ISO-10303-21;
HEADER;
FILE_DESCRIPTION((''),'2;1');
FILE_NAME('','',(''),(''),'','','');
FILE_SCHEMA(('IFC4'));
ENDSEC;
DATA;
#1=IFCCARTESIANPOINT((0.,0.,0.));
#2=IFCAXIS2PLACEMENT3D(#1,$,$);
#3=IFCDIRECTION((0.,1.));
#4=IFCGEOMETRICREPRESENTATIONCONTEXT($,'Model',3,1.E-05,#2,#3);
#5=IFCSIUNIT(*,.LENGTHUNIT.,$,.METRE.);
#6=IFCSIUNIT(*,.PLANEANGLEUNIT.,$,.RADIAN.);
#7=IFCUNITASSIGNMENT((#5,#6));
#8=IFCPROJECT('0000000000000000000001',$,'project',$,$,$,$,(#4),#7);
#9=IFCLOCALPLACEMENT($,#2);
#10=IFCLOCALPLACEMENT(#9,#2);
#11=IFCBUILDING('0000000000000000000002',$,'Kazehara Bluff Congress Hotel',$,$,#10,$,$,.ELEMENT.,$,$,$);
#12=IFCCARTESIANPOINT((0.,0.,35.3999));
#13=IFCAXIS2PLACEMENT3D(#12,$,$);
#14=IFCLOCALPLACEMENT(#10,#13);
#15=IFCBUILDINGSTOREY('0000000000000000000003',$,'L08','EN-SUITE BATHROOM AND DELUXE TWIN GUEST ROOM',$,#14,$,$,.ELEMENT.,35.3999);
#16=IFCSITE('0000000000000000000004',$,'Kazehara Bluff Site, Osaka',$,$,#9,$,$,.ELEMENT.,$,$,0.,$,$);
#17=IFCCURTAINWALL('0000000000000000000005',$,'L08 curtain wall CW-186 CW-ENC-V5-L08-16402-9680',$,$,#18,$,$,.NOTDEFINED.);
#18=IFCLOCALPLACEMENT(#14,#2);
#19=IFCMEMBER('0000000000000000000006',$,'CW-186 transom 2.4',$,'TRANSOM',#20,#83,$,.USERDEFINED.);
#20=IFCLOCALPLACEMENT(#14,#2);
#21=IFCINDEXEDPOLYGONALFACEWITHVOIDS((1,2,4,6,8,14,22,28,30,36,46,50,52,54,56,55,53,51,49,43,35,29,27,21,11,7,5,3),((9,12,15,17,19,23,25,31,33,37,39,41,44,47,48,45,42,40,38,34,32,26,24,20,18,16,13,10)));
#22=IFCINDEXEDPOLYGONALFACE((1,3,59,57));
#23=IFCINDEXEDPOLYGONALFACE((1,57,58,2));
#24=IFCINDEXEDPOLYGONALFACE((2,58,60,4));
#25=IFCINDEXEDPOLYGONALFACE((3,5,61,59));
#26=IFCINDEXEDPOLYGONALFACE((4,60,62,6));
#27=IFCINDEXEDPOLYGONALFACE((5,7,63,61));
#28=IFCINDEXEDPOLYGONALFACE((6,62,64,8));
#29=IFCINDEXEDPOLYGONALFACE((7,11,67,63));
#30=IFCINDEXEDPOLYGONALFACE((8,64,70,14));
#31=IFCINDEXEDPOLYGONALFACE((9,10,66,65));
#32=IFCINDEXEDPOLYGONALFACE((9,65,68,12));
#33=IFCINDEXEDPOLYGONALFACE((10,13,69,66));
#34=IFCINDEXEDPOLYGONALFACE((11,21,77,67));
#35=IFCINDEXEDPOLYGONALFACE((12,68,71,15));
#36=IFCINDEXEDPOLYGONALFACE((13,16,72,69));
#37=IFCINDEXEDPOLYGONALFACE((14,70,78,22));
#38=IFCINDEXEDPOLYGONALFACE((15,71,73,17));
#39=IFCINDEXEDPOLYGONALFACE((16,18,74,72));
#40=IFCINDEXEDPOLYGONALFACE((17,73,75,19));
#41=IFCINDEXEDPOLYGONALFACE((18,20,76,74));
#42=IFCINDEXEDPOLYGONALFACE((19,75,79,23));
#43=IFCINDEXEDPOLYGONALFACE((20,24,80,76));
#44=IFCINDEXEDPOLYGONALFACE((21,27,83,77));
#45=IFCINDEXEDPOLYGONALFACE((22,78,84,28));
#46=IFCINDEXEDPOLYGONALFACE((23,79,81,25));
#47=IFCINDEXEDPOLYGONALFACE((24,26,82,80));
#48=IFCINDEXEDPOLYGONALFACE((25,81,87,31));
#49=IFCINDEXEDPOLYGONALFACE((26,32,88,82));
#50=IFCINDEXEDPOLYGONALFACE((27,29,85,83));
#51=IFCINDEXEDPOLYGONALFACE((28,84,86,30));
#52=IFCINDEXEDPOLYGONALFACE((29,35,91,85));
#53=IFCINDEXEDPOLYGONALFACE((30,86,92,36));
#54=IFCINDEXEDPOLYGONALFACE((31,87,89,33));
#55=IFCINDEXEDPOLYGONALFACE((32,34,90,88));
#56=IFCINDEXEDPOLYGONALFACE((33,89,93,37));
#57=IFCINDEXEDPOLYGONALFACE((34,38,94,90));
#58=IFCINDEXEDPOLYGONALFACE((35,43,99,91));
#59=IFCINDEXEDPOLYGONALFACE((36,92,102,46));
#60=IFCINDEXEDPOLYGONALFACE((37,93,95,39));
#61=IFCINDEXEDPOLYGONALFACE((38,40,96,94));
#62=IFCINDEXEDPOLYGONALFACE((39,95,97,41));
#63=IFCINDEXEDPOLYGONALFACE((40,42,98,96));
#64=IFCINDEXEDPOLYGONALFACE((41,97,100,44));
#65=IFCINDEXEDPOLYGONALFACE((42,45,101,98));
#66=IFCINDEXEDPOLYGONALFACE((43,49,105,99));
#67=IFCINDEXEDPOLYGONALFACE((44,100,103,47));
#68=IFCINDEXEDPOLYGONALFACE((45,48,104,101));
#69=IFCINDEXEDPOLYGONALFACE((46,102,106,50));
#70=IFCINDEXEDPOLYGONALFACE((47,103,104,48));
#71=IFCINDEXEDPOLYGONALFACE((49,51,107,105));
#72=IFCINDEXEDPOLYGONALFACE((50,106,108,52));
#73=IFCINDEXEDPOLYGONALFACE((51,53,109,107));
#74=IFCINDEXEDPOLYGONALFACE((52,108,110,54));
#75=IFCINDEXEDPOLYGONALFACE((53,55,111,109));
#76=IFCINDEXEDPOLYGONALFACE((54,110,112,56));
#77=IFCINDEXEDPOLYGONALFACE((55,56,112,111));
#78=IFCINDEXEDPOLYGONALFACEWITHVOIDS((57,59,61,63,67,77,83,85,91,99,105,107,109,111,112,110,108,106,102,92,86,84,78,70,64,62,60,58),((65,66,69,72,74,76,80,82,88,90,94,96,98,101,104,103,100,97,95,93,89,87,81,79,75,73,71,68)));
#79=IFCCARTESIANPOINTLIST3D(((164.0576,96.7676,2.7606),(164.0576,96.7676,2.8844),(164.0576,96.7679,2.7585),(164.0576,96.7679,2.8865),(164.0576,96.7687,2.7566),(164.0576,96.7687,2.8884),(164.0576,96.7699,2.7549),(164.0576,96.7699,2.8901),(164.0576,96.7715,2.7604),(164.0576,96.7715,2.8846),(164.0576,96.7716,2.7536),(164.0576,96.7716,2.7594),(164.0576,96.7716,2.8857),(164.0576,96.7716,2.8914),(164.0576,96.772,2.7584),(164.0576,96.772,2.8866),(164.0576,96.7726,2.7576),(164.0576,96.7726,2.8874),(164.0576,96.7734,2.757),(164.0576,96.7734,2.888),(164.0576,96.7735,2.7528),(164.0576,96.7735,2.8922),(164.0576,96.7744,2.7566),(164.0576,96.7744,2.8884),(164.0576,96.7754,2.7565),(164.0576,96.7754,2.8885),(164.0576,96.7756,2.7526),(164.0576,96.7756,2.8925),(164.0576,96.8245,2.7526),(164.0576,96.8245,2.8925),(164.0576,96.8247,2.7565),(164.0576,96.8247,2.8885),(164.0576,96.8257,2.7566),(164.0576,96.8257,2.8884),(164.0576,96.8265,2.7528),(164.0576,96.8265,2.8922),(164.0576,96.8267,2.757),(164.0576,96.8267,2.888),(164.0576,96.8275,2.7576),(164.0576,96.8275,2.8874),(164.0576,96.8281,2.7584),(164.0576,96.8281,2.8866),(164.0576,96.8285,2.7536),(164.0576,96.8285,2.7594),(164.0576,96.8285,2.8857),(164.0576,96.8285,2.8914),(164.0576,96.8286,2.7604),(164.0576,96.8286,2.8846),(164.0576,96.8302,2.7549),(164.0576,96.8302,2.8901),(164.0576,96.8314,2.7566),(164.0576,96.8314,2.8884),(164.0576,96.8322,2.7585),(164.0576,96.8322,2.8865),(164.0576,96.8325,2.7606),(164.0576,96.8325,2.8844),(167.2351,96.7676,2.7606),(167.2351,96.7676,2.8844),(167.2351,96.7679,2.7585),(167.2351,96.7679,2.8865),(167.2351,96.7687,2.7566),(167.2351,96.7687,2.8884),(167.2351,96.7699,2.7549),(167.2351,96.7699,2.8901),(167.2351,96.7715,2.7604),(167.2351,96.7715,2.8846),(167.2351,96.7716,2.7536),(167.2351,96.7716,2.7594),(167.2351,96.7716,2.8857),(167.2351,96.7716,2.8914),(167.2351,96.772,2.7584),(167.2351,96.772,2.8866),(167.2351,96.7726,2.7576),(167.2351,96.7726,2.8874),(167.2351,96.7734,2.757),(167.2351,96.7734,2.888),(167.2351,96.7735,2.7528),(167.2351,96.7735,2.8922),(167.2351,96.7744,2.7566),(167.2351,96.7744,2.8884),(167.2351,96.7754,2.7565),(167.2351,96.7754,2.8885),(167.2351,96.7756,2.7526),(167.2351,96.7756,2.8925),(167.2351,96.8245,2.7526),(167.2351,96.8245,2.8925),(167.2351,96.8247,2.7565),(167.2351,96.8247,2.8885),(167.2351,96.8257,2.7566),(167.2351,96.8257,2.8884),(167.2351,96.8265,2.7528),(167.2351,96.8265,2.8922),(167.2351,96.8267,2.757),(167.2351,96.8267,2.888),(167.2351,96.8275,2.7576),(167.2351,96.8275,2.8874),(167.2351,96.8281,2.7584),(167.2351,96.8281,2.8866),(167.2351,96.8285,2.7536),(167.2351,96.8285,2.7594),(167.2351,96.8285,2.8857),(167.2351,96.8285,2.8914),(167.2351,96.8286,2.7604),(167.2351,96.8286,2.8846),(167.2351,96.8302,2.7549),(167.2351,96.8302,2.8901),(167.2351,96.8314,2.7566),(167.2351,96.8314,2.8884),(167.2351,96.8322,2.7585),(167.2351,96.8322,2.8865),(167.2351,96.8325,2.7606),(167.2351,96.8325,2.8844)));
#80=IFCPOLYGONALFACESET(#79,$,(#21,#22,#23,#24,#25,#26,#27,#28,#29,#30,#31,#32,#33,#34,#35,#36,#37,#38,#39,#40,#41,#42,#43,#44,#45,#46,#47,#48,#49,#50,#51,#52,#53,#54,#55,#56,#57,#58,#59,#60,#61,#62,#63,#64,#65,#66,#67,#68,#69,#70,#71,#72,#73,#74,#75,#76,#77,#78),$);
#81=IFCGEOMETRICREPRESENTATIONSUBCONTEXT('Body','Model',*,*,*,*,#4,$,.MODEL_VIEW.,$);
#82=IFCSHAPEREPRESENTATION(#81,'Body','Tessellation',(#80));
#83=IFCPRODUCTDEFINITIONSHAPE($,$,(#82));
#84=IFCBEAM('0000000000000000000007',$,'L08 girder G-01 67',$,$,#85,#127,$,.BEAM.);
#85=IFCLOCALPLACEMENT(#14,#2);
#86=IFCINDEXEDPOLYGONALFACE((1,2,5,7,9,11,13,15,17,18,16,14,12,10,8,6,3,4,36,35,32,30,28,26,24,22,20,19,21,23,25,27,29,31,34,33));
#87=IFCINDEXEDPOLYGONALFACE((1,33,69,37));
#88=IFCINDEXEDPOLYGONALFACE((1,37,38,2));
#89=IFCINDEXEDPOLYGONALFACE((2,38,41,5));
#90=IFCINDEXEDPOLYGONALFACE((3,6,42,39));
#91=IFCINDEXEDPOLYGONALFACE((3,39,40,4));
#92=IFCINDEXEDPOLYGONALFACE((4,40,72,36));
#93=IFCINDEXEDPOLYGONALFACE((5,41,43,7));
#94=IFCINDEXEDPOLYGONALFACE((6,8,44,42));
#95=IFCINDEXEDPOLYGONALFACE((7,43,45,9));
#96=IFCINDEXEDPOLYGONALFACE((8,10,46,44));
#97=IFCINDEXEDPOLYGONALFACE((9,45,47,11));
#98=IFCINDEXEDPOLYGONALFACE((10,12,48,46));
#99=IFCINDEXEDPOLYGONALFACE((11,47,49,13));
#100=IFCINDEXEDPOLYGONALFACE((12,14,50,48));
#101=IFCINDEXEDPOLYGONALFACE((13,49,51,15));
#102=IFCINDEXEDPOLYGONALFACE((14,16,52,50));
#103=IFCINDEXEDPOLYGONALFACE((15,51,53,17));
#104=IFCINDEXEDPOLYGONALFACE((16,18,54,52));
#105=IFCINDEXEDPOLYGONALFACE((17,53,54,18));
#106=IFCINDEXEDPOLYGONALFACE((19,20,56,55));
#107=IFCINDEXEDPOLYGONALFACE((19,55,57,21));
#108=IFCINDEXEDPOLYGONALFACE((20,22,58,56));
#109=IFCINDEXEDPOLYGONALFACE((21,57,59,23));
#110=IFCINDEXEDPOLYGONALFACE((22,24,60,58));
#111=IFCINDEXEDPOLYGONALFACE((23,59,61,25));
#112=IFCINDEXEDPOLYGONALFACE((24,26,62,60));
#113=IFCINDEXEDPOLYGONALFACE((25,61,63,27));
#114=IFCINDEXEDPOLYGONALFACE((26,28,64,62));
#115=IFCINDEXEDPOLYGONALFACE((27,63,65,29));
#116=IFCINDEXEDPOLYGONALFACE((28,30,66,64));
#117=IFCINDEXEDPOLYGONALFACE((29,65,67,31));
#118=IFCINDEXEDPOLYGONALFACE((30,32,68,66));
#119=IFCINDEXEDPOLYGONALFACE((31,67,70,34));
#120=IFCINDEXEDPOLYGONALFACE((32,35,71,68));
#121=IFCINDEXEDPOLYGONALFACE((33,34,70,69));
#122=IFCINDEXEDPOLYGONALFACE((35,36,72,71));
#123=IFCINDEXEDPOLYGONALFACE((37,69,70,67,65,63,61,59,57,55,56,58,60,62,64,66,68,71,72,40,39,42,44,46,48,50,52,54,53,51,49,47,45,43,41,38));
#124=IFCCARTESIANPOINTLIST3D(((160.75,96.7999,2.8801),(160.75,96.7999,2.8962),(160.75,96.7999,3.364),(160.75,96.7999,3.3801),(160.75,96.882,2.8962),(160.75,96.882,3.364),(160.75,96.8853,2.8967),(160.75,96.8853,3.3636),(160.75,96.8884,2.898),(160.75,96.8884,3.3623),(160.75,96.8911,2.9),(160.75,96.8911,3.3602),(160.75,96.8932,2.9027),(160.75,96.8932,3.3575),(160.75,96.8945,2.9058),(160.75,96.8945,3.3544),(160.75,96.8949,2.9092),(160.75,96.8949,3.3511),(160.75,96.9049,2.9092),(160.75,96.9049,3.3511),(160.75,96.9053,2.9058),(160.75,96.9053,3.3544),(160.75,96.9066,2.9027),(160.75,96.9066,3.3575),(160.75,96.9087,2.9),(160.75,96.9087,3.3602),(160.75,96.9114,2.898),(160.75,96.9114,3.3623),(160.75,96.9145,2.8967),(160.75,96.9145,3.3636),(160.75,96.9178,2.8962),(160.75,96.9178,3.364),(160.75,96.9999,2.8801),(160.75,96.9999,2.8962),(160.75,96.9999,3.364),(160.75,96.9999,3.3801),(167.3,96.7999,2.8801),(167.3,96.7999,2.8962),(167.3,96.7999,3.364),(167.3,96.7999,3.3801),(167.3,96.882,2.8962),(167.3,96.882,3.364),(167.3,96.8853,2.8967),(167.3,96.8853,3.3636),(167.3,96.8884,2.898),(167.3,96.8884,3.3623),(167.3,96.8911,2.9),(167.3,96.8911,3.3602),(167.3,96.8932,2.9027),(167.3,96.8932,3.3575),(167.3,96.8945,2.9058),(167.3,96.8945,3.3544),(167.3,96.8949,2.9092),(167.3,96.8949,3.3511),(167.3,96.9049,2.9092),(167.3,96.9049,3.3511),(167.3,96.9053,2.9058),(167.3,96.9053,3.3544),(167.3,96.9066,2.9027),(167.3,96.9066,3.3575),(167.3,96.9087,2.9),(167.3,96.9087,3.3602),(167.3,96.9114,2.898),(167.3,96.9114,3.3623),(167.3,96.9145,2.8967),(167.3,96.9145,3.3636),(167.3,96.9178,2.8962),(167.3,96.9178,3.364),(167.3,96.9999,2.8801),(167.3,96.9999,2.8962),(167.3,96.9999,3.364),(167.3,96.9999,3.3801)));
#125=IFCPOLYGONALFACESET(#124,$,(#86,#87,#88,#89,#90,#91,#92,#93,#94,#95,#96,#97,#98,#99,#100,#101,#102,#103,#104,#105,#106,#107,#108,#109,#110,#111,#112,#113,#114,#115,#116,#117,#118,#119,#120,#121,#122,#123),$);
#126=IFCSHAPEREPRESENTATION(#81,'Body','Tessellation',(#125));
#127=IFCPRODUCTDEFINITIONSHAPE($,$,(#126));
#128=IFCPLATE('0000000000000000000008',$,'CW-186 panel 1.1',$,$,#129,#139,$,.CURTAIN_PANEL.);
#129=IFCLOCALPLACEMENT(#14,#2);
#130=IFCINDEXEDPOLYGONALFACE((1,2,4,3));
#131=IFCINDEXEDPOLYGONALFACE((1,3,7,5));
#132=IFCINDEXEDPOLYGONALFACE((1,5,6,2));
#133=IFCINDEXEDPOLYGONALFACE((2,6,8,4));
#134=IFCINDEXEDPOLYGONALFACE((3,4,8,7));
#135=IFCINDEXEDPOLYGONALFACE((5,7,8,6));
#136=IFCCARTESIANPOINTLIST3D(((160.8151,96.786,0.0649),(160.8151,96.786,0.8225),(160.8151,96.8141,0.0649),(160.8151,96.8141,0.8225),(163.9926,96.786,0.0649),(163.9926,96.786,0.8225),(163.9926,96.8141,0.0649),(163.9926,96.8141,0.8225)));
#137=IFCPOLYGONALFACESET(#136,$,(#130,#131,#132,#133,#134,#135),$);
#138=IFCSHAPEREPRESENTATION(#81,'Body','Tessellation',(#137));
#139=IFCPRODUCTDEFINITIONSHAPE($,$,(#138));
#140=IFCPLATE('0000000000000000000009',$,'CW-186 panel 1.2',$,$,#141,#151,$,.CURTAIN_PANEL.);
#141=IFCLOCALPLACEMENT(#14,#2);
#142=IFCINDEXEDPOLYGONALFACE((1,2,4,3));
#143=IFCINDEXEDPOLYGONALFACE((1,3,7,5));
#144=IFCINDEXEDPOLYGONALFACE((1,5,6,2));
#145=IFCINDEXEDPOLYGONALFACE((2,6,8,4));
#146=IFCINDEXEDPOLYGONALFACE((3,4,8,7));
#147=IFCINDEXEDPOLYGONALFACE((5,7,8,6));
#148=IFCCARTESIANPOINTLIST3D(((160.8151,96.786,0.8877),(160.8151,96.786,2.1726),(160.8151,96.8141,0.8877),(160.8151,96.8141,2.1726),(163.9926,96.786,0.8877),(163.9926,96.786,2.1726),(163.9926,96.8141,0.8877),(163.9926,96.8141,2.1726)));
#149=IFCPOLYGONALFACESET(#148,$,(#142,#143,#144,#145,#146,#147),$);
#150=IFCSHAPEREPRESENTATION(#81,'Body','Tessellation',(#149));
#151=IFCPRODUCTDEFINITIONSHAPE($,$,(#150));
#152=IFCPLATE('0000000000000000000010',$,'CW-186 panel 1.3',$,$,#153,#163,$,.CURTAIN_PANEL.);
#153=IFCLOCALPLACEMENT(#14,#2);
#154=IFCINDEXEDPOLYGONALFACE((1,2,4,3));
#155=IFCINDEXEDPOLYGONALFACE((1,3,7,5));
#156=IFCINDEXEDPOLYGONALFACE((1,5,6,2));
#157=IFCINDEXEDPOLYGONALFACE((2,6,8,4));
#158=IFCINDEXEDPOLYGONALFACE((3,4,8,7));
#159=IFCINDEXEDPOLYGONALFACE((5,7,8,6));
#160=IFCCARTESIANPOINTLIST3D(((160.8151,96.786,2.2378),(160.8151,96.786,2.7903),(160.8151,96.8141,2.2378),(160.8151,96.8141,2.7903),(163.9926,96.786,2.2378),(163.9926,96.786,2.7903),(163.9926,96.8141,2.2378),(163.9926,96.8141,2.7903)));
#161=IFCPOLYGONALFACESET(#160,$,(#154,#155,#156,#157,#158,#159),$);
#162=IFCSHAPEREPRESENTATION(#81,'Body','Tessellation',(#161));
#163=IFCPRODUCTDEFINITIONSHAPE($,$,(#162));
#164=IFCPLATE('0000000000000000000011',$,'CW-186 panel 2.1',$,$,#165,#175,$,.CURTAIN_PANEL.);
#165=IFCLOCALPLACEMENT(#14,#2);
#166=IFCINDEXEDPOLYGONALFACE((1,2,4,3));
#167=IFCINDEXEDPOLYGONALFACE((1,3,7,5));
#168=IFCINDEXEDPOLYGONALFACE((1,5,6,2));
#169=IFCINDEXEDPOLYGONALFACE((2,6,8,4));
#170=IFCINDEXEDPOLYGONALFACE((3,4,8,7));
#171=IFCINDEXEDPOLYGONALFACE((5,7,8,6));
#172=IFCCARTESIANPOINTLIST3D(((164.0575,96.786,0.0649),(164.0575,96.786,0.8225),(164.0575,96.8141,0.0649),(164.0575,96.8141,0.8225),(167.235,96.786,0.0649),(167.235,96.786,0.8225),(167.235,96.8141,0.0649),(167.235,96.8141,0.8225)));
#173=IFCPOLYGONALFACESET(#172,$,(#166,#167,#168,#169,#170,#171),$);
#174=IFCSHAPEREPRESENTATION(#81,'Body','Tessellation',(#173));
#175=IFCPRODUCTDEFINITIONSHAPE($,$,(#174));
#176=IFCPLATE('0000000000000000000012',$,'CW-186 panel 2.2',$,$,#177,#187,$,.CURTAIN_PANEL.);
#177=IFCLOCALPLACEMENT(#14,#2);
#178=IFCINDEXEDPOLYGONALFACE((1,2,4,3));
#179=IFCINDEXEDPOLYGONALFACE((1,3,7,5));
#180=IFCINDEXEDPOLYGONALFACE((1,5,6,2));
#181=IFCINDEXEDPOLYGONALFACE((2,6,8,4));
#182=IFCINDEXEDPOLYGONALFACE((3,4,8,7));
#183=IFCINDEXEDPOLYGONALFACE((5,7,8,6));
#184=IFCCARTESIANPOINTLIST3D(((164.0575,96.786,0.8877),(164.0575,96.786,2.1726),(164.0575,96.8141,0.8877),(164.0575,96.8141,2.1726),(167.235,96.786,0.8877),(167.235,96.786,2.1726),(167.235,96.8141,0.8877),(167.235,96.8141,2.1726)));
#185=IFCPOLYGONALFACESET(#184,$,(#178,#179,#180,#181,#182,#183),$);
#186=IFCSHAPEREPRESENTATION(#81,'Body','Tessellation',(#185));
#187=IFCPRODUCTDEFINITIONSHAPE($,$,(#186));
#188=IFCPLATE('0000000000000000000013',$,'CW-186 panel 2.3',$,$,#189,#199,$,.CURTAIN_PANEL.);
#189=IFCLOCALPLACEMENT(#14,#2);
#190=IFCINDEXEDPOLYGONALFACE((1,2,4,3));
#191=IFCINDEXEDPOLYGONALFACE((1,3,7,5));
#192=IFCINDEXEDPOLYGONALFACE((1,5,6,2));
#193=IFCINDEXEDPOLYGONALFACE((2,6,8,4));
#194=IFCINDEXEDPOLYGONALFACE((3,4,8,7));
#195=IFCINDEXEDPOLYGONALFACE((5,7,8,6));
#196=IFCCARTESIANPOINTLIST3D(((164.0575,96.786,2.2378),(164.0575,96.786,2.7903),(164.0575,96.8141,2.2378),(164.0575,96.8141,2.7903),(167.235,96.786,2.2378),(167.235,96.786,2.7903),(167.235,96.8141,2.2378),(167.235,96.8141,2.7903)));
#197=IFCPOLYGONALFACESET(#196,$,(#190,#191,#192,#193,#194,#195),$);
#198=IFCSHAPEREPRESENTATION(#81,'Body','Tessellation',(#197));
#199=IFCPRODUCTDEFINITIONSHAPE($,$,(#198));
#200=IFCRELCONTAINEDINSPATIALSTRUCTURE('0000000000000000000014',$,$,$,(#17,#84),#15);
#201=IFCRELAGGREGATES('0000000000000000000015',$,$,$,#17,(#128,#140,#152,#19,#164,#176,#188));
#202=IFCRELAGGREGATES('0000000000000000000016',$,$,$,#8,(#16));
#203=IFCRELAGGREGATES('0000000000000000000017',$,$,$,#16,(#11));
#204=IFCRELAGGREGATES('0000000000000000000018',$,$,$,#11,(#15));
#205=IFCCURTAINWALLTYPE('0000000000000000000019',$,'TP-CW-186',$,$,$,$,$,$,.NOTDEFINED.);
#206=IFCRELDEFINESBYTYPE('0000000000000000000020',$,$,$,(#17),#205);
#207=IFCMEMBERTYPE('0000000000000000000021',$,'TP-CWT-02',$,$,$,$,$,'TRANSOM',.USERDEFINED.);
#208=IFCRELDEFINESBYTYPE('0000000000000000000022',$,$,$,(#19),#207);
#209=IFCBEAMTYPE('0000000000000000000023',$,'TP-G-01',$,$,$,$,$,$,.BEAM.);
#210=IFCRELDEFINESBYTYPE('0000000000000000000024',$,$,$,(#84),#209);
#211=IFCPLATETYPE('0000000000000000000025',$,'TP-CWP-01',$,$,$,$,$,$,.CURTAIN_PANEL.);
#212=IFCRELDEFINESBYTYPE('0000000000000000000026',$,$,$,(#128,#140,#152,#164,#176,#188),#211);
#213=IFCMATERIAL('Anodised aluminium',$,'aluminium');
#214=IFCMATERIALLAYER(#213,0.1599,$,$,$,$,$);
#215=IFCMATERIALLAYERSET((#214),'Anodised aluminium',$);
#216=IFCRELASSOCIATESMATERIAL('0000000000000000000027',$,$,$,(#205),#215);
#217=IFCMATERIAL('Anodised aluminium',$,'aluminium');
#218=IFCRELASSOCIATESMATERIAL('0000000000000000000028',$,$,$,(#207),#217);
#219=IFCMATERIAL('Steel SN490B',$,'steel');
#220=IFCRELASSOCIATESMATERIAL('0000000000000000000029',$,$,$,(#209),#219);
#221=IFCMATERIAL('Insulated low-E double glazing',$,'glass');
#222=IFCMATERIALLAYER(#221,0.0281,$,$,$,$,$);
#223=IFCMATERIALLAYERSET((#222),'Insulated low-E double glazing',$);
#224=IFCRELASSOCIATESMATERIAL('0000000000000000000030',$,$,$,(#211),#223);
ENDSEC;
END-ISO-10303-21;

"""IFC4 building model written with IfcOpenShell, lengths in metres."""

from ifc_helpers import new_model, si_unit, direction, frame, origin, origin_2d, place, context, subcontext, project, spatial, rectangle, hollow_rectangle, i_section, extrude, material, layer, layer_set, material_profile, profile_set, type_object, element, aggregate, save


model = new_model("IFC4")

# Units and contexts
model_context = context("Model", 3, precision=1e-05, world=origin(), true_north=direction((0.0, 1.0)))
body_context = subcontext(model_context, "Body", "Model", "MODEL_VIEW")
ifc_project = project(units=[si_unit("LENGTHUNIT", "METRE"), si_unit("PLANEANGLEUNIT", "RADIAN")], contexts=[model_context])

# Site, building, storey
site_placement = place(None, origin())
site = spatial("IfcSite", under=ifc_project, at=site_placement, Name="Kazehara Bluff Site, Osaka", CompositionType="ELEMENT", RefElevation=0.0)
building_placement = place(site_placement, origin())
building = spatial("IfcBuilding", under=site, at=building_placement, Name="Kazehara Bluff Congress Hotel", CompositionType="ELEMENT")
storey_placement = place(building_placement, frame((0.0, 0.0, 35.3999)))
storey = spatial("IfcBuildingStorey", under=building, at=storey_placement, Name="L08", Description="EN-SUITE BATHROOM AND DELUXE TWIN GUEST ROOM", CompositionType="ELEMENT", Elevation=35.3999)

# Curtain wall, member
ifc_material_1 = material(Name="Anodised aluminium", Category="aluminium")
ifc_layer_1 = layer(ifc_material_1, 0.1599)
ifc_layer_set_1 = layer_set([ifc_layer_1], Name="Anodised aluminium")
curtain_wall_type = type_object("IfcCurtainWallType", Name="TP-CW-186", PredefinedType="NOTDEFINED", material=ifc_layer_set_1)
curtain_wall_placement = place(storey_placement, origin())
curtain_wall = element("IfcCurtainWall", 1, at=curtain_wall_placement, inside=storey, type_object=curtain_wall_type, Name="L08 curtain wall CW-186 CW-ENC-V5-L08-16402-9680", PredefinedType="NOTDEFINED")
ifc_material_2 = material(Name="Anodised aluminium", Category="aluminium")
ifc_material_profile_1 = material_profile(ifc_material_2, hollow_rectangle(XDim=0.0649, YDim=0.1399, WallThickness=0.0039, InnerFilletRadius=0.0039, OuterFilletRadius=0.0081, at=origin_2d()))
ifc_profile_set_1 = profile_set([ifc_material_profile_1], Name="Anodised aluminium")
member_type_1 = type_object("IfcMemberType", Name="TP-CWT-02", ElementType="TRANSOM", PredefinedType="USERDEFINED", material=ifc_profile_set_1)
member_1_placement = place(storey_placement, frame((164.0576, 96.8, 2.8225), z_axis=(1.0, 0.0, 0.0), x_axis=(0.0, 1.0, 0.0)))
member_1 = element("IfcMember", 2, at=member_1_placement, type_object=member_type_1, Name="CW-186 transom 2.4", ObjectType="TRANSOM", PredefinedType="USERDEFINED", context=body_context, shape_type="SweptSolid", body=[
    extrude(hollow_rectangle(XDim=0.0649, YDim=0.1399, WallThickness=0.0039, InnerFilletRadius=0.0039, OuterFilletRadius=0.0081, at=origin_2d()), origin(), (0.0, 0.0, 1.0), 3.1775),
])

# Beam
ifc_material_3 = material(Name="Steel SN490B", Category="steel")
ifc_material_profile_2 = material_profile(ifc_material_3, i_section(OverallWidth=0.2, OverallDepth=0.5, WebThickness=0.01, FlangeThickness=0.0161, FilletRadius=0.0129, at=origin_2d()))
ifc_profile_set_2 = profile_set([ifc_material_profile_2], Name="Steel SN490B")
beam_type = type_object("IfcBeamType", Name="TP-G-01", PredefinedType="BEAM", material=ifc_profile_set_2)
beam_placement = place(storey_placement, frame((160.75, 96.8999, 3.1301), z_axis=(1.0, 0.0, 0.0), x_axis=(0.0, 1.0, 0.0)))
element("IfcBeam", 3, at=beam_placement, inside=storey, type_object=beam_type, Name="L08 girder G-01 67", PredefinedType="BEAM", context=body_context, shape_type="SweptSolid", body=[
    extrude(i_section(OverallWidth=0.2, OverallDepth=0.5, WebThickness=0.01, FlangeThickness=0.0161, FilletRadius=0.0129, at=origin_2d()), origin(), (0.0, 0.0, 1.0), 6.55),
])

# Plates
ifc_material_4 = material(Name="Insulated low-E double glazing", Category="glass")
ifc_layer_2 = layer(ifc_material_4, 0.0281)
ifc_layer_set_2 = layer_set([ifc_layer_2], Name="Insulated low-E double glazing")
plate_type = type_object("IfcPlateType", Name="TP-CWP-01", PredefinedType="CURTAIN_PANEL", material=ifc_layer_set_2)
plate_1_placement = place(storey_placement, frame((162.4038, 96.8, 0.0649), z_axis=(0.0, 0.0, 1.0), x_axis=(1.0, 0.0, 0.0)))
plate_1 = element("IfcPlate", 4, at=plate_1_placement, type_object=plate_type, Name="CW-186 panel 1.1", PredefinedType="CURTAIN_PANEL", context=body_context, shape_type="SweptSolid", body=[
    extrude(rectangle(XDim=3.1775, YDim=0.0281, at=origin_2d()), origin(), (0.0, 0.0, 1.0), 0.7576),
])
plate_2_placement = place(storey_placement, frame((162.4038, 96.8, 0.8877), z_axis=(0.0, 0.0, 1.0), x_axis=(1.0, 0.0, 0.0)))
plate_2 = element("IfcPlate", 5, at=plate_2_placement, type_object=plate_type, Name="CW-186 panel 1.2", PredefinedType="CURTAIN_PANEL", context=body_context, shape_type="SweptSolid", body=[
    extrude(rectangle(XDim=3.1775, YDim=0.0281, at=origin_2d()), origin(), (0.0, 0.0, 1.0), 1.2849),
])
plate_3_placement = place(storey_placement, frame((162.4038, 96.8, 2.2378), z_axis=(0.0, 0.0, 1.0), x_axis=(1.0, 0.0, 0.0)))
plate_3 = element("IfcPlate", 6, at=plate_3_placement, type_object=plate_type, Name="CW-186 panel 1.3", PredefinedType="CURTAIN_PANEL", context=body_context, shape_type="SweptSolid", body=[
    extrude(rectangle(XDim=3.1775, YDim=0.0281, at=origin_2d()), origin(), (0.0, 0.0, 1.0), 0.5525),
])
plate_4_placement = place(storey_placement, frame((165.6462, 96.8, 0.0649), z_axis=(0.0, 0.0, 1.0), x_axis=(1.0, 0.0, 0.0)))
plate_4 = element("IfcPlate", 7, at=plate_4_placement, type_object=plate_type, Name="CW-186 panel 2.1", PredefinedType="CURTAIN_PANEL", context=body_context, shape_type="SweptSolid", body=[
    extrude(rectangle(XDim=3.1775, YDim=0.0281, at=origin_2d()), origin(), (0.0, 0.0, 1.0), 0.7576),
])
plate_5_placement = place(storey_placement, frame((165.6462, 96.8, 0.8877), z_axis=(0.0, 0.0, 1.0), x_axis=(1.0, 0.0, 0.0)))
plate_5 = element("IfcPlate", 8, at=plate_5_placement, type_object=plate_type, Name="CW-186 panel 2.2", PredefinedType="CURTAIN_PANEL", context=body_context, shape_type="SweptSolid", body=[
    extrude(rectangle(XDim=3.1775, YDim=0.0281, at=origin_2d()), origin(), (0.0, 0.0, 1.0), 1.2849),
])
plate_6_placement = place(storey_placement, frame((165.6462, 96.8, 2.2378), z_axis=(0.0, 0.0, 1.0), x_axis=(1.0, 0.0, 0.0)))
plate_6 = element("IfcPlate", 9, at=plate_6_placement, type_object=plate_type, Name="CW-186 panel 2.3", PredefinedType="CURTAIN_PANEL", context=body_context, shape_type="SweptSolid", body=[
    extrude(rectangle(XDim=3.1775, YDim=0.0281, at=origin_2d()), origin(), (0.0, 0.0, 1.0), 0.5525),
])
aggregate(curtain_wall, [plate_1, plate_2, plate_3, member_1, plate_4, plate_5, plate_6])

save(model, "model.ifc")
